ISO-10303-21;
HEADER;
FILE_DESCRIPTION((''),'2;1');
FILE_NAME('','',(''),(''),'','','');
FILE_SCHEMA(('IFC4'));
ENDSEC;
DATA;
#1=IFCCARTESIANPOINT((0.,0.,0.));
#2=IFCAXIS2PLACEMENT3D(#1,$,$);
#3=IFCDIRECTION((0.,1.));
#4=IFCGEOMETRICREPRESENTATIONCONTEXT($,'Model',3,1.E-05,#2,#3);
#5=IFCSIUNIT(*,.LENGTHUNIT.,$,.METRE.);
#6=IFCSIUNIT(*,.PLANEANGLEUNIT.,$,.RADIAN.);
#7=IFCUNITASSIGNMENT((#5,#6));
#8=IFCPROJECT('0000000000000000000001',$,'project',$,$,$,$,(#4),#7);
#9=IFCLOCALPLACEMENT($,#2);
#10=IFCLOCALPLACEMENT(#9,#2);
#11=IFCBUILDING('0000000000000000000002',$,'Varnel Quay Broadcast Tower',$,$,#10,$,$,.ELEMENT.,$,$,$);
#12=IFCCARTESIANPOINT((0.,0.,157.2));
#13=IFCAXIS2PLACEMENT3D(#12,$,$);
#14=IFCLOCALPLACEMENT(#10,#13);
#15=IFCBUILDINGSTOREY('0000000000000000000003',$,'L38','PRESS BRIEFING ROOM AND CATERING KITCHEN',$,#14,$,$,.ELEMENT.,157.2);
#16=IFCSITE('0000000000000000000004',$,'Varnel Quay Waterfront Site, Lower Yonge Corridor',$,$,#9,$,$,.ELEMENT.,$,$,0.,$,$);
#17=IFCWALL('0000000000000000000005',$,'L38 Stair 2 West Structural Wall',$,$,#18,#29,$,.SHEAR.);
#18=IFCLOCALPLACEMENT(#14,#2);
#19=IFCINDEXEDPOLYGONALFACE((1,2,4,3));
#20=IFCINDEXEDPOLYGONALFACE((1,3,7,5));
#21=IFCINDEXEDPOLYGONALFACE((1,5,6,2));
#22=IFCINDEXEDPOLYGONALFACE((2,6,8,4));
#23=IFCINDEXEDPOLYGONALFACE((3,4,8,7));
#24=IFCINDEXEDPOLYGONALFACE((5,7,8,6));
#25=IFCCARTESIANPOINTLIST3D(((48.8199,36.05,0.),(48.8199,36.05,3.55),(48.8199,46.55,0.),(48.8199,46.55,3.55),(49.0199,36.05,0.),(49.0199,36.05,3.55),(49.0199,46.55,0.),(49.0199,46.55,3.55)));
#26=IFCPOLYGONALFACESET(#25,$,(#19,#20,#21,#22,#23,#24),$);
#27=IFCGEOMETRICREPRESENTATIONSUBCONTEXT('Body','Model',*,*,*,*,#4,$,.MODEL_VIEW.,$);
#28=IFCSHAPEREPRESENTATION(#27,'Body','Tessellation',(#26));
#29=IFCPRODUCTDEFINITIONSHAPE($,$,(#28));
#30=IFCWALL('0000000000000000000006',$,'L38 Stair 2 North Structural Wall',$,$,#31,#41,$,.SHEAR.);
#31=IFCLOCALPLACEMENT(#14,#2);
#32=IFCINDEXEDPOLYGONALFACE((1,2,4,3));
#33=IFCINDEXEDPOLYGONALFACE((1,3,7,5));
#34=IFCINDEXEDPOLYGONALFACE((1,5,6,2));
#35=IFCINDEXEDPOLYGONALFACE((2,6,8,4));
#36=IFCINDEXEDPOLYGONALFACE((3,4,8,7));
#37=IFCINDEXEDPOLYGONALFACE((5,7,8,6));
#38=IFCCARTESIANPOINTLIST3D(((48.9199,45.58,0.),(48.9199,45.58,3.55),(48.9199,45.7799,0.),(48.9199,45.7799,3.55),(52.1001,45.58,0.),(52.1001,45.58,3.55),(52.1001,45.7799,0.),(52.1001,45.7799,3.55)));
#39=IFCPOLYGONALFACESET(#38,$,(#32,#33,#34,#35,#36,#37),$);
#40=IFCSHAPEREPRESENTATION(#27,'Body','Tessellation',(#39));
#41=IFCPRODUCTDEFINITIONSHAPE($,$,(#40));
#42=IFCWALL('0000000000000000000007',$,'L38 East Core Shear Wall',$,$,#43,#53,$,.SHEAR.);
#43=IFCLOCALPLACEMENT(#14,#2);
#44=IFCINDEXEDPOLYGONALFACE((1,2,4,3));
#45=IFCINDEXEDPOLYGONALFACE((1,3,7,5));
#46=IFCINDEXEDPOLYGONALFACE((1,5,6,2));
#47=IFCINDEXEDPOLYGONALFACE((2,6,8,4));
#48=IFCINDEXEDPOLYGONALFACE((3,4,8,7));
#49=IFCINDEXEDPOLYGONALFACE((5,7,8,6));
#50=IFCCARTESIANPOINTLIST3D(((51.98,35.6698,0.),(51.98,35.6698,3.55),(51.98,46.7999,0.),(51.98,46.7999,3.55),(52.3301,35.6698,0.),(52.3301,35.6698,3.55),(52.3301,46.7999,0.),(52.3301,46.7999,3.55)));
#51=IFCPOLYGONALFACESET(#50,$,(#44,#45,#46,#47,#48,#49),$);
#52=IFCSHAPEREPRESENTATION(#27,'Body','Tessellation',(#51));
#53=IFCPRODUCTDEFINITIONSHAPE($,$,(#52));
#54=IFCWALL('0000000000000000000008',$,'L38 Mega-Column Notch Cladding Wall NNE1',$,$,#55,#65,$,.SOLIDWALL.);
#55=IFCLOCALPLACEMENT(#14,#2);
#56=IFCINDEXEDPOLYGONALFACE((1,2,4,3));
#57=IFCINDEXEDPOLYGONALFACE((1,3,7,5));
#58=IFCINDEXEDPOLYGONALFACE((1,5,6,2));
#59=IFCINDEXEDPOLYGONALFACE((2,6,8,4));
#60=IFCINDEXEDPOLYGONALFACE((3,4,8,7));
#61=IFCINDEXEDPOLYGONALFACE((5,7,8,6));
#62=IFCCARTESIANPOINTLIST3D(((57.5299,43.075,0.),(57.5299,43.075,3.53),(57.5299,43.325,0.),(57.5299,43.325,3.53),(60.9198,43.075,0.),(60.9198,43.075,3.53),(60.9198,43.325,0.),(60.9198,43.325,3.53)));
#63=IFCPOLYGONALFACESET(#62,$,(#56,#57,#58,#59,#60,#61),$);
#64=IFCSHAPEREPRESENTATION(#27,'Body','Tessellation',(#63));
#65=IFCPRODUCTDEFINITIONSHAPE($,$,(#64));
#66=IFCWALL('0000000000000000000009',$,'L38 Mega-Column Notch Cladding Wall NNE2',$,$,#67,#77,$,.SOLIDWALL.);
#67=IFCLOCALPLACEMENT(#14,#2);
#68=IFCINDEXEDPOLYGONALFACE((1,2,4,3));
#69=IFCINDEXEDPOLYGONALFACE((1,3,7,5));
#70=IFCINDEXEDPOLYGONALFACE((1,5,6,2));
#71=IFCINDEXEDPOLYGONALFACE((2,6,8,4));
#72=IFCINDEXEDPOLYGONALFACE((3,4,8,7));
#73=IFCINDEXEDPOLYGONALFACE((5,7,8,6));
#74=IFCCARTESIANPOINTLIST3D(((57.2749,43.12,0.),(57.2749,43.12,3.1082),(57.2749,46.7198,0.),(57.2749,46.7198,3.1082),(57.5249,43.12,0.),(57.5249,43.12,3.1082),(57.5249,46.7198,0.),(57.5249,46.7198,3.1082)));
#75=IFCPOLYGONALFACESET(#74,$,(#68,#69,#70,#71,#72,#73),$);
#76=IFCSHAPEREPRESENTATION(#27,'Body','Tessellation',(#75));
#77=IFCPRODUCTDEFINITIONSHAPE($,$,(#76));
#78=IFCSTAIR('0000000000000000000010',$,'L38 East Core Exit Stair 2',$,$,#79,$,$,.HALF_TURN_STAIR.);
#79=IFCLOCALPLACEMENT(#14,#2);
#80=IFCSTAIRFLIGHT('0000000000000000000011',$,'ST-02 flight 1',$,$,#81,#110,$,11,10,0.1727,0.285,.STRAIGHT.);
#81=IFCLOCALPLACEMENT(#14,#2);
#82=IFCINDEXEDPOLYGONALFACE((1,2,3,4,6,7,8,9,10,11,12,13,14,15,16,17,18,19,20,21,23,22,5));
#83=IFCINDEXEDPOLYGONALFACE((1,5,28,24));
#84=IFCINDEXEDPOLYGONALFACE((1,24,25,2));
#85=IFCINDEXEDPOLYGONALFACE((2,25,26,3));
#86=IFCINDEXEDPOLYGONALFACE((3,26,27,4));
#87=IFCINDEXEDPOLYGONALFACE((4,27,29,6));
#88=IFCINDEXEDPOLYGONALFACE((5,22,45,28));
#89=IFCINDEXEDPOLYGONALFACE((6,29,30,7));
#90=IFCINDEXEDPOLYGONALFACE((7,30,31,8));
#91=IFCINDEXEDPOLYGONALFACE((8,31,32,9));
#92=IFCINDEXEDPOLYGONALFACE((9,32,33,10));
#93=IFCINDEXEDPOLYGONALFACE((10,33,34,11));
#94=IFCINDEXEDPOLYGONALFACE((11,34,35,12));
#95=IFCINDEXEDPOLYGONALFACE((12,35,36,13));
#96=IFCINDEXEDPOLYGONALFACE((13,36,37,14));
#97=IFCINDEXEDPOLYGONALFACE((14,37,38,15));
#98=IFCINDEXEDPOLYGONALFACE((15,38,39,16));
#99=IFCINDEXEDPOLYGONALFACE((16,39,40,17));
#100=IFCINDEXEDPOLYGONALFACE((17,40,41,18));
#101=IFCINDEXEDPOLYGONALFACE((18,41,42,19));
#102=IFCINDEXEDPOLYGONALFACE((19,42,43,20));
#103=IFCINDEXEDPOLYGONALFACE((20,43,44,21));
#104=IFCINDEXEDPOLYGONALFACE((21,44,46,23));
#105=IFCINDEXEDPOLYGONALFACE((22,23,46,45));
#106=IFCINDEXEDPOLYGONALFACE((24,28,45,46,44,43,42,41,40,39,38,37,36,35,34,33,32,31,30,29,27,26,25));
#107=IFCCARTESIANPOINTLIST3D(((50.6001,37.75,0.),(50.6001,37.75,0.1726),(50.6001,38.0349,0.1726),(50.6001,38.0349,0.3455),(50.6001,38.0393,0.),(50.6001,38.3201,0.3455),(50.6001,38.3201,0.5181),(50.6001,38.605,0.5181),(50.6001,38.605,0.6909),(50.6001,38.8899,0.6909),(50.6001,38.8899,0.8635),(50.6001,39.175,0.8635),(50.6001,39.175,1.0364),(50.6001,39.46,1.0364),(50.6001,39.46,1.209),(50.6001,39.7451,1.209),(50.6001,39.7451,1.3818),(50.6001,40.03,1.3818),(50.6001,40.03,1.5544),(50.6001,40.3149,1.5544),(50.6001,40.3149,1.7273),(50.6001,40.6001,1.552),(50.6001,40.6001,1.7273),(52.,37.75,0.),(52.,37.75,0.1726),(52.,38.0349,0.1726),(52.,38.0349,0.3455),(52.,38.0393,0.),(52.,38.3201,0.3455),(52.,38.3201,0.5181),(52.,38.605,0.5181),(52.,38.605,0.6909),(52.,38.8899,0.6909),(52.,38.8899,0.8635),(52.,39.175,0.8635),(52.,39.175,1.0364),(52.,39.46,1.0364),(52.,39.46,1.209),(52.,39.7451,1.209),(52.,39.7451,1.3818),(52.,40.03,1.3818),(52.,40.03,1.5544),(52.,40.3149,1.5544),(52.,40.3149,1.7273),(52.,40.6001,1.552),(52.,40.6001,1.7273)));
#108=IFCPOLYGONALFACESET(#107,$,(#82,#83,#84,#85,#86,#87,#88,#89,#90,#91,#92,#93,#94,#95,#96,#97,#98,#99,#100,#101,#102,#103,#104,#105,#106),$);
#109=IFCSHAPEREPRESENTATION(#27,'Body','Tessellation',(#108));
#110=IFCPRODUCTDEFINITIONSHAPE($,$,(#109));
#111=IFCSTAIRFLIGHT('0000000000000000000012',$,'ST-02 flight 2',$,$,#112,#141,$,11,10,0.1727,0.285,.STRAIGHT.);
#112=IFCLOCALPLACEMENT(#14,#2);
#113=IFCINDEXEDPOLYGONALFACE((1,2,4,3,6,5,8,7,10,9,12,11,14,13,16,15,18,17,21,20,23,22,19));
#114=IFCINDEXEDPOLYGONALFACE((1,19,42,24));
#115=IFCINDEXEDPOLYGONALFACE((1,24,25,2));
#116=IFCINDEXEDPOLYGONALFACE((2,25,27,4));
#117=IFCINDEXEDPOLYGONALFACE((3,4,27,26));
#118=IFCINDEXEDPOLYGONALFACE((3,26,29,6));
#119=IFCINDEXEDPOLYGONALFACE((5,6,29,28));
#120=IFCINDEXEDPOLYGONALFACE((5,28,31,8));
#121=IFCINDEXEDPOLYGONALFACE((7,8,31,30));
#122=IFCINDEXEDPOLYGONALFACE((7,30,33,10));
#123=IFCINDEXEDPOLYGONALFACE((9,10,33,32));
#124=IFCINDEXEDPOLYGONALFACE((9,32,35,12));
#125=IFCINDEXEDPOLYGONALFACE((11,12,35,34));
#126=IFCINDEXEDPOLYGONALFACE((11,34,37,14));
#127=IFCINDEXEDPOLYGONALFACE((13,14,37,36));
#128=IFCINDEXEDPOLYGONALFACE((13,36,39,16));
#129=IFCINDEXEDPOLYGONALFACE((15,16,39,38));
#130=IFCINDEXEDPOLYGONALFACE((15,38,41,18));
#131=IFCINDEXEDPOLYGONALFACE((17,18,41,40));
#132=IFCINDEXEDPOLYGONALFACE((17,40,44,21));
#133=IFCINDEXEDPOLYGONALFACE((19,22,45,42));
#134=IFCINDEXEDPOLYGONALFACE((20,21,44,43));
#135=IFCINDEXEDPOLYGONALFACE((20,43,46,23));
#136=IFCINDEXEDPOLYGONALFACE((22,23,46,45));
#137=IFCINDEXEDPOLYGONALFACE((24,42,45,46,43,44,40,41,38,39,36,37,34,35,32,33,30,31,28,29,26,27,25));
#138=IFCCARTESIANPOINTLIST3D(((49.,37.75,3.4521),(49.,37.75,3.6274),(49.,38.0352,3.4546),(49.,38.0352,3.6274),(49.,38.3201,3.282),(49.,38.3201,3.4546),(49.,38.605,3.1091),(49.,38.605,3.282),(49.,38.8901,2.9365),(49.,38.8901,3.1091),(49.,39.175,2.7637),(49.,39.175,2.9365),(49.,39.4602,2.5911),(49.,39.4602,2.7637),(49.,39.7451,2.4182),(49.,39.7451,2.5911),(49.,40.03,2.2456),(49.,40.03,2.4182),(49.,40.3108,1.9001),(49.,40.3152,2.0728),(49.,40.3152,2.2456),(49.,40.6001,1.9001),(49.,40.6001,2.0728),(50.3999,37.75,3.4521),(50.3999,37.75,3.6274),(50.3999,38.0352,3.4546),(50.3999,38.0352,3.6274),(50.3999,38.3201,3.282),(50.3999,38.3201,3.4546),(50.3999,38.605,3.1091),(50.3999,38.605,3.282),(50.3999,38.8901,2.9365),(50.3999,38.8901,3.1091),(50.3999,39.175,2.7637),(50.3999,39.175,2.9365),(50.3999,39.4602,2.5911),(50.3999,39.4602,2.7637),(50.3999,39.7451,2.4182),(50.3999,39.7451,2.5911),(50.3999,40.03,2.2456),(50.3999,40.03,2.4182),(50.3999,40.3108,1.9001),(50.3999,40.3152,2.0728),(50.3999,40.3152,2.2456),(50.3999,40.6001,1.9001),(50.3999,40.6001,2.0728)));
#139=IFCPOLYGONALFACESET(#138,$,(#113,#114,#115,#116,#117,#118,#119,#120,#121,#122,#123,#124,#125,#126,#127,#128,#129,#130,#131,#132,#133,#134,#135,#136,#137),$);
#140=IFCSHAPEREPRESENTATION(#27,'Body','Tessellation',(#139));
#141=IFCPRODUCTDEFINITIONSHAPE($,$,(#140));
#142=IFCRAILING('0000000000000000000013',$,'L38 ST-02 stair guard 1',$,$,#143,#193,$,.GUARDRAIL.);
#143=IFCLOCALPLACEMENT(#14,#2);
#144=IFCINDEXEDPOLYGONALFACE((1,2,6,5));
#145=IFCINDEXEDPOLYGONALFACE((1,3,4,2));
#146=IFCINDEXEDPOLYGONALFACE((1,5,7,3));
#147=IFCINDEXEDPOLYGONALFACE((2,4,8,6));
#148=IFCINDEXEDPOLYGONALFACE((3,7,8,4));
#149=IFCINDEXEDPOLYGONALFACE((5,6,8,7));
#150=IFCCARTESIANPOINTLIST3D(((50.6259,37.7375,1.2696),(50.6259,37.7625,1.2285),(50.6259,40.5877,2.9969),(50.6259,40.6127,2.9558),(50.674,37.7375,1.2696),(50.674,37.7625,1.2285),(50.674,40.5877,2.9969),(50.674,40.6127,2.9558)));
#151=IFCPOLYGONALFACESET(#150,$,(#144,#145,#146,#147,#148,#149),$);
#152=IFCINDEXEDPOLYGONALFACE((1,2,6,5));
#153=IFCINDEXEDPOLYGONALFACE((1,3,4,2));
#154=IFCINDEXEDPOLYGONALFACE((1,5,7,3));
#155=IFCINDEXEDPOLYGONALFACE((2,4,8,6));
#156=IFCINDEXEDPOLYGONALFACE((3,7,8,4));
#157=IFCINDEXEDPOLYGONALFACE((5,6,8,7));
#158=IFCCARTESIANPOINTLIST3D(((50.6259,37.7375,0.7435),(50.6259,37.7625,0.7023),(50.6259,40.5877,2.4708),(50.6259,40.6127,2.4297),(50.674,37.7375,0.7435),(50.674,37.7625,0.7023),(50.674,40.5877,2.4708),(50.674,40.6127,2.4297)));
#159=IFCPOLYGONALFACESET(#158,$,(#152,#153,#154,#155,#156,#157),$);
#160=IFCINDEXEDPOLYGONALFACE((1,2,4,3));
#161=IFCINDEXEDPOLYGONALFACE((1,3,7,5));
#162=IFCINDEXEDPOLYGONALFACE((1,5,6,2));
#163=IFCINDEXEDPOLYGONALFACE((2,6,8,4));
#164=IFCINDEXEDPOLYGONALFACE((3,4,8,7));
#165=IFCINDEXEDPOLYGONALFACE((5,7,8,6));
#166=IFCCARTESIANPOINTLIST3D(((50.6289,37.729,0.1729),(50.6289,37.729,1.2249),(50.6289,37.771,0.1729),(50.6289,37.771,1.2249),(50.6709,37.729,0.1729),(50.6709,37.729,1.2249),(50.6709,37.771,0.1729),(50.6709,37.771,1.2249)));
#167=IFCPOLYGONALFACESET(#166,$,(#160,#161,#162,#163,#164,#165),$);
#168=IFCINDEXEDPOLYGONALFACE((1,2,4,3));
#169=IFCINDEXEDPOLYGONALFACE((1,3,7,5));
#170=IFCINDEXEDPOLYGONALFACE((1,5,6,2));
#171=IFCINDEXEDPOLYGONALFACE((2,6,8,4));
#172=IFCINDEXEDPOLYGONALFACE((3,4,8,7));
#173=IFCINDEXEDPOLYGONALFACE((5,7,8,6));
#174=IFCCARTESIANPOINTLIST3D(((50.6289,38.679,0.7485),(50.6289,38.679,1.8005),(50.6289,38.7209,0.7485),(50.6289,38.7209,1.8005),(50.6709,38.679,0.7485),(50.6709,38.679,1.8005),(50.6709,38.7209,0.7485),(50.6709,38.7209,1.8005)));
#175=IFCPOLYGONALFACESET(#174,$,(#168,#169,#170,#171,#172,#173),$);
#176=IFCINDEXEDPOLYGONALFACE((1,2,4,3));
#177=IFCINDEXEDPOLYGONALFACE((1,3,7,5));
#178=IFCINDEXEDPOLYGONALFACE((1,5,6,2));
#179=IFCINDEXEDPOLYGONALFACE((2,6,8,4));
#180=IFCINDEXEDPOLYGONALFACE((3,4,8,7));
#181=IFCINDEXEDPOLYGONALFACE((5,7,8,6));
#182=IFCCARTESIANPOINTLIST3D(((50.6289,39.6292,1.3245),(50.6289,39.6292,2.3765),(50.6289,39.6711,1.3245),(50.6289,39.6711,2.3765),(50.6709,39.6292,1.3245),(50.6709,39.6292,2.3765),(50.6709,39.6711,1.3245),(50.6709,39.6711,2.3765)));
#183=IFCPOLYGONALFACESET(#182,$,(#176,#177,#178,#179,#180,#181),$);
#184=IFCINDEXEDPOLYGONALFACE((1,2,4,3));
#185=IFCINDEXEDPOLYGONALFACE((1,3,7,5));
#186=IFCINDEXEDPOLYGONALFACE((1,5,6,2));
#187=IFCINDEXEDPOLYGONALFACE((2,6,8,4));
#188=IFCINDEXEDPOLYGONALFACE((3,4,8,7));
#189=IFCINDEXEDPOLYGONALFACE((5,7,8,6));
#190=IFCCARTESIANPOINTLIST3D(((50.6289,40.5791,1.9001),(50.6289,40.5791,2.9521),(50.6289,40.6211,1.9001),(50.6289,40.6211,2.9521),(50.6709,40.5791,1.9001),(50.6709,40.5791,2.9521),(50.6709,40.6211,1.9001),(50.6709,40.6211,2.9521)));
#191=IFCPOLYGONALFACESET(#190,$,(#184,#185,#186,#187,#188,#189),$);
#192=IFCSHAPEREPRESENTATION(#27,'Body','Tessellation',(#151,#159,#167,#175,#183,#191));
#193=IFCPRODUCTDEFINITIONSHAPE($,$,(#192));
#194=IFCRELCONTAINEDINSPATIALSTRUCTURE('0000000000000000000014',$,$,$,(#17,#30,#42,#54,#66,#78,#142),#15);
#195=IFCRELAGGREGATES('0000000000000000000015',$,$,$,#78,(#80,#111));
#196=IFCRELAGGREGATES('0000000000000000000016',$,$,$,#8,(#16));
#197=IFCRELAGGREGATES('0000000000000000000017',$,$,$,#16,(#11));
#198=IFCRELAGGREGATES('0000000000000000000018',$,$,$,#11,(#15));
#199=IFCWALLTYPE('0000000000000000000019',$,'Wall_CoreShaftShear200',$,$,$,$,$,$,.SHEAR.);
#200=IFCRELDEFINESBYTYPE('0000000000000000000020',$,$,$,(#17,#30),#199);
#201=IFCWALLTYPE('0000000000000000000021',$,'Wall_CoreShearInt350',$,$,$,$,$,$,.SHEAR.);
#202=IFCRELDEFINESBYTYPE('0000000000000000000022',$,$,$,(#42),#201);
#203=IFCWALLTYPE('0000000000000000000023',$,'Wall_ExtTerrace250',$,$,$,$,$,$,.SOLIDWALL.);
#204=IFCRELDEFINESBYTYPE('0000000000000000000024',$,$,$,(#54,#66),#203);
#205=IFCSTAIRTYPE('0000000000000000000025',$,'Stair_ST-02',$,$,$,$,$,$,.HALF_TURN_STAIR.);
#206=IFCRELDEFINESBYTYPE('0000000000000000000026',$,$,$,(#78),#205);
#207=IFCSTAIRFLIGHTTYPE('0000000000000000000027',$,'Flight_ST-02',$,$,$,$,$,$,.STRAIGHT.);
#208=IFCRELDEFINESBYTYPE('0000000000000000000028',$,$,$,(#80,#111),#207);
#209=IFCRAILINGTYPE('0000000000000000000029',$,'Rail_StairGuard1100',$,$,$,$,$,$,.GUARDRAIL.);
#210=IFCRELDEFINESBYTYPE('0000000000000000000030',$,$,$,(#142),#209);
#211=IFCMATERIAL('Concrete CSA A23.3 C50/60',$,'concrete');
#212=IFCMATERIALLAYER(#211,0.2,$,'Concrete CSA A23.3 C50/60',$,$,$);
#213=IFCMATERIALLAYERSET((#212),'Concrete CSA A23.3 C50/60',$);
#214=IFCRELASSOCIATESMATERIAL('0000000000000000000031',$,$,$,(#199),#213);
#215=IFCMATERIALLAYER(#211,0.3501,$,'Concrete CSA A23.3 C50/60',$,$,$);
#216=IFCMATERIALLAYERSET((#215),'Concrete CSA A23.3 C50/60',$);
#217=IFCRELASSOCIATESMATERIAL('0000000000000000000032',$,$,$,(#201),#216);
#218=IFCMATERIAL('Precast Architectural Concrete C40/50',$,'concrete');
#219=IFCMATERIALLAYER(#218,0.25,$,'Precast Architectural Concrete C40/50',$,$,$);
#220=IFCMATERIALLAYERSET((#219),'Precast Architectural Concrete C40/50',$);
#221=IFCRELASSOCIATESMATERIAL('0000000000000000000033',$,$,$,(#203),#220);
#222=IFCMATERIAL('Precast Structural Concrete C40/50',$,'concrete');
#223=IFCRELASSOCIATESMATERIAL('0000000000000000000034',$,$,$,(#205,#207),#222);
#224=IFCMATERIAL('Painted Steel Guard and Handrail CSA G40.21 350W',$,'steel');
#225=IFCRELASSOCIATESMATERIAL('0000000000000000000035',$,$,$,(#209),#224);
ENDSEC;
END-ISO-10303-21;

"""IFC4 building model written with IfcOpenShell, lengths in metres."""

from ifc_helpers import new_model, si_unit, direction, frame, frame_2d, origin, origin_2d, place, context, subcontext, project, spatial, polyline, rectangle, outline, extrude, material, layer, layer_set, type_object, element, aggregate, save


model = new_model("IFC4")

# Units and contexts
model_context = context("Model", 3, precision=1e-05, world=origin(), true_north=direction((0.0, 1.0)))
body_context = subcontext(model_context, "Body", "Model", "MODEL_VIEW")
ifc_project = project(units=[si_unit("LENGTHUNIT", "METRE"), si_unit("PLANEANGLEUNIT", "RADIAN")], contexts=[model_context])

# Site, building, storey
site_placement = place(None, origin())
site = spatial("IfcSite", under=ifc_project, at=site_placement, Name="Varnel Quay Waterfront Site, Lower Yonge Corridor", CompositionType="ELEMENT", RefElevation=0.0)
building_placement = place(site_placement, origin())
building = spatial("IfcBuilding", under=site, at=building_placement, Name="Varnel Quay Broadcast Tower", CompositionType="ELEMENT")
storey_placement = place(building_placement, frame((0.0, 0.0, 157.2)))
storey = spatial("IfcBuildingStorey", under=building, at=storey_placement, Name="L38", Description="PRESS BRIEFING ROOM AND CATERING KITCHEN", CompositionType="ELEMENT", Elevation=157.2)

# Walls
ifc_material_1 = material(Name="Concrete CSA A23.3 C50/60", Category="concrete")
ifc_layer_1 = layer(ifc_material_1, 0.2, Name="Concrete CSA A23.3 C50/60")
ifc_layer_set_1 = layer_set([ifc_layer_1], Name="Concrete CSA A23.3 C50/60")
wall_type_1 = type_object("IfcWallType", Name="Wall_CoreShaftShear200", PredefinedType="SHEAR", material=ifc_layer_set_1)
wall_1_placement = place(storey_placement, frame((48.9199, 36.05, 0.0), z_axis=(0.0, 0.0, 1.0), x_axis=(0.0, 1.0, 0.0)))
element("IfcWall", 1, at=wall_1_placement, inside=storey, type_object=wall_type_1, Name="L38 Stair 2 West Structural Wall", PredefinedType="SHEAR", context=body_context, shape_type="SweptSolid", body=[
    extrude(rectangle(XDim=10.5, YDim=0.2, at=frame_2d((5.25, 0.0))), origin(), (0.0, 0.0, 1.0), 3.55),
])
wall_2_placement = place(storey_placement, frame((48.9199, 45.6799, 0.0), z_axis=(0.0, 0.0, 1.0), x_axis=(1.0, 0.0, 0.0)))
element("IfcWall", 2, at=wall_2_placement, inside=storey, type_object=wall_type_1, Name="L38 Stair 2 North Structural Wall", PredefinedType="SHEAR", context=body_context, shape_type="SweptSolid", body=[
    extrude(rectangle(XDim=3.1802, YDim=0.2, at=frame_2d((1.5901, 0.0))), origin(), (0.0, 0.0, 1.0), 3.55),
])
ifc_layer_2 = layer(ifc_material_1, 0.3501, Name="Concrete CSA A23.3 C50/60")
ifc_layer_set_2 = layer_set([ifc_layer_2], Name="Concrete CSA A23.3 C50/60")
wall_type_2 = type_object("IfcWallType", Name="Wall_CoreShearInt350", PredefinedType="SHEAR", material=ifc_layer_set_2)
wall_3_placement = place(storey_placement, frame((52.155, 35.6699, 0.0), z_axis=(0.0, 0.0, 1.0), x_axis=(0.0, 1.0, 0.0)))
element("IfcWall", 3, at=wall_3_placement, inside=storey, type_object=wall_type_2, Name="L38 East Core Shear Wall", PredefinedType="SHEAR", context=body_context, shape_type="SweptSolid", body=[
    extrude(rectangle(XDim=11.1301, YDim=0.3501, at=frame_2d((5.5649, 0.0))), origin(), (0.0, 0.0, 1.0), 3.55),
])
ifc_material_2 = material(Name="Precast Architectural Concrete C40/50", Category="concrete")
ifc_layer_3 = layer(ifc_material_2, 0.25, Name="Precast Architectural Concrete C40/50")
ifc_layer_set_3 = layer_set([ifc_layer_3], Name="Precast Architectural Concrete C40/50")
wall_type_3 = type_object("IfcWallType", Name="Wall_ExtTerrace250", PredefinedType="SOLIDWALL", material=ifc_layer_set_3)
wall_4_placement = place(storey_placement, frame((57.53, 43.2, 0.0), z_axis=(0.0, 0.0, 1.0), x_axis=(1.0, 0.0, 0.0)))
element("IfcWall", 4, at=wall_4_placement, inside=storey, type_object=wall_type_3, Name="L38 Mega-Column Notch Cladding Wall NNE1", PredefinedType="SOLIDWALL", context=body_context, shape_type="SweptSolid", body=[
    extrude(rectangle(XDim=3.3899, YDim=0.25, at=frame_2d((1.6948, 0.0))), origin(), (0.0, 0.0, 1.0), 3.53),
])
wall_5_placement = place(storey_placement, frame((57.3999, 43.1201, 0.0), z_axis=(0.0, 0.0, 1.0), x_axis=(0.0, 1.0, 0.0)))
element("IfcWall", 5, at=wall_5_placement, inside=storey, type_object=wall_type_3, Name="L38 Mega-Column Notch Cladding Wall NNE2", PredefinedType="SOLIDWALL", context=body_context, shape_type="SweptSolid", body=[
    extrude(rectangle(XDim=3.5999, YDim=0.25, at=frame_2d((1.7998, 0.0))), origin(), (0.0, 0.0, 1.0), 3.1082),
])

# Stair, stair flights
ifc_material_3 = material(Name="Precast Structural Concrete C40/50", Category="concrete")
stair_type = type_object("IfcStairType", Name="Stair_ST-02", PredefinedType="HALF_TURN_STAIR", material=ifc_material_3)
stair_placement = place(storey_placement, origin())
stair = element("IfcStair", 6, at=stair_placement, inside=storey, type_object=stair_type, Name="L38 East Core Exit Stair 2", PredefinedType="HALF_TURN_STAIR")
stair_flight_type = type_object("IfcStairFlightType", Name="Flight_ST-02", PredefinedType="STRAIGHT", material=ifc_material_3)
stair_flight_1_placement = place(storey_placement, frame((51.3, 37.75, 0.0), z_axis=(0.0, 0.0, 1.0), x_axis=(0.0, 1.0, 0.0)))
stair_flight_1 = element("IfcStairFlight", 7, at=stair_flight_1_placement, type_object=stair_flight_type, Name="ST-02 flight 1", NumberOfRisers=11, NumberOfTreads=10, PredefinedType="STRAIGHT", RiserHeight=0.1727, TreadLength=0.285, context=body_context, shape_type="SweptSolid", body=[
    extrude(outline(polyline([(0.0, 0.0), (0.0, 0.1726), (0.2849, 0.1726), (0.2849, 0.3455), (0.5701, 0.3455), (0.5701, 0.5181), (0.855, 0.5181), (0.855, 0.6909), (1.1399, 0.6909), (1.1399, 0.8635), (1.425, 0.8635), (1.425, 1.0364), (1.71, 1.0364), (1.71, 1.209), (1.9951, 1.209), (1.9951, 1.3818), (2.28, 1.3818), (2.28, 1.5544), (2.5649, 1.5544), (2.5649, 1.7273), (2.8501, 1.7273), (2.8501, 1.8999), (2.8501, 1.552), (0.2893, 0.0), (0.0, 0.0)])), frame((0.0, 0.7, 0.0), z_axis=(0.0, -1.0, 0.0), x_axis=(1.0, 0.0, 0.0)), (0.0, 0.0, 1.0), 1.3999),
])
stair_flight_2_placement = place(storey_placement, frame((49.7, 40.6001, 1.9001), z_axis=(0.0, 0.0, 1.0), x_axis=(0.0, -1.0, 0.0)))
stair_flight_2 = element("IfcStairFlight", 8, at=stair_flight_2_placement, type_object=stair_flight_type, Name="ST-02 flight 2", NumberOfRisers=11, NumberOfTreads=10, PredefinedType="STRAIGHT", RiserHeight=0.1727, TreadLength=0.285, context=body_context, shape_type="SweptSolid", body=[
    extrude(outline(polyline([(0.0, 0.0), (0.0, 0.1726), (0.2849, 0.1726), (0.2849, 0.3455), (0.5701, 0.3455), (0.5701, 0.5181), (0.855, 0.5181), (0.855, 0.6909), (1.1399, 0.6909), (1.1399, 0.8635), (1.425, 0.8635), (1.425, 1.0364), (1.71, 1.0364), (1.71, 1.209), (1.9951, 1.209), (1.9951, 1.3818), (2.28, 1.3818), (2.28, 1.5544), (2.5649, 1.5544), (2.5649, 1.7273), (2.8501, 1.7273), (2.8501, 1.8999), (2.8501, 1.552), (0.2893, 0.0), (0.0, 0.0)])), frame((0.0, 0.7, 0.0), z_axis=(0.0, -1.0, 0.0), x_axis=(1.0, 0.0, 0.0)), (0.0, 0.0, 1.0), 1.3999),
])
aggregate(stair, [stair_flight_1, stair_flight_2])

# Railing
ifc_material_4 = material(Name="Painted Steel Guard and Handrail CSA G40.21 350W", Category="steel")
railing_type_1 = type_object("IfcRailingType", Name="Rail_StairGuard1100", PredefinedType="GUARDRAIL", material=ifc_material_4)
railing_1_placement = place(storey_placement, frame((50.6499, 37.75, 0.1729)))
element("IfcRailing", 9, at=railing_1_placement, inside=storey, type_object=railing_type_1, Name="L38 ST-02 stair guard 1", PredefinedType="GUARDRAIL", context=body_context, shape_type="SweptSolid", body=[
    extrude(rectangle(XDim=0.0481, YDim=0.0481, at=origin_2d()), frame((0.0, 0.0, 1.0762), z_axis=(0.0, 0.855203, 0.518294), x_axis=(-1.0, 0.0, 0.0)), (0.0, 0.0, 1.0), 3.3328),
    extrude(rectangle(XDim=0.0481, YDim=0.0481, at=origin_2d()), frame((0.0, 0.0, 0.55), z_axis=(0.0, 0.855203, 0.518294), x_axis=(-1.0, 0.0, 0.0)), (0.0, 0.0, 1.0), 3.3328),
    extrude(rectangle(XDim=0.042, YDim=0.042, at=origin_2d()), origin(), (0.0, 0.0, 1.0), 1.052),
    extrude(rectangle(XDim=0.042, YDim=0.042, at=origin_2d()), frame((0.0, 0.95, 0.5757)), (0.0, 0.0, 1.0), 1.052),
    extrude(rectangle(XDim=0.042, YDim=0.042, at=origin_2d()), frame((0.0, 1.9001, 1.1516)), (0.0, 0.0, 1.0), 1.052),
    extrude(rectangle(XDim=0.042, YDim=0.042, at=origin_2d()), frame((0.0, 2.8501, 1.7273)), (0.0, 0.0, 1.0), 1.052),
])

save(model, "model.ifc")
